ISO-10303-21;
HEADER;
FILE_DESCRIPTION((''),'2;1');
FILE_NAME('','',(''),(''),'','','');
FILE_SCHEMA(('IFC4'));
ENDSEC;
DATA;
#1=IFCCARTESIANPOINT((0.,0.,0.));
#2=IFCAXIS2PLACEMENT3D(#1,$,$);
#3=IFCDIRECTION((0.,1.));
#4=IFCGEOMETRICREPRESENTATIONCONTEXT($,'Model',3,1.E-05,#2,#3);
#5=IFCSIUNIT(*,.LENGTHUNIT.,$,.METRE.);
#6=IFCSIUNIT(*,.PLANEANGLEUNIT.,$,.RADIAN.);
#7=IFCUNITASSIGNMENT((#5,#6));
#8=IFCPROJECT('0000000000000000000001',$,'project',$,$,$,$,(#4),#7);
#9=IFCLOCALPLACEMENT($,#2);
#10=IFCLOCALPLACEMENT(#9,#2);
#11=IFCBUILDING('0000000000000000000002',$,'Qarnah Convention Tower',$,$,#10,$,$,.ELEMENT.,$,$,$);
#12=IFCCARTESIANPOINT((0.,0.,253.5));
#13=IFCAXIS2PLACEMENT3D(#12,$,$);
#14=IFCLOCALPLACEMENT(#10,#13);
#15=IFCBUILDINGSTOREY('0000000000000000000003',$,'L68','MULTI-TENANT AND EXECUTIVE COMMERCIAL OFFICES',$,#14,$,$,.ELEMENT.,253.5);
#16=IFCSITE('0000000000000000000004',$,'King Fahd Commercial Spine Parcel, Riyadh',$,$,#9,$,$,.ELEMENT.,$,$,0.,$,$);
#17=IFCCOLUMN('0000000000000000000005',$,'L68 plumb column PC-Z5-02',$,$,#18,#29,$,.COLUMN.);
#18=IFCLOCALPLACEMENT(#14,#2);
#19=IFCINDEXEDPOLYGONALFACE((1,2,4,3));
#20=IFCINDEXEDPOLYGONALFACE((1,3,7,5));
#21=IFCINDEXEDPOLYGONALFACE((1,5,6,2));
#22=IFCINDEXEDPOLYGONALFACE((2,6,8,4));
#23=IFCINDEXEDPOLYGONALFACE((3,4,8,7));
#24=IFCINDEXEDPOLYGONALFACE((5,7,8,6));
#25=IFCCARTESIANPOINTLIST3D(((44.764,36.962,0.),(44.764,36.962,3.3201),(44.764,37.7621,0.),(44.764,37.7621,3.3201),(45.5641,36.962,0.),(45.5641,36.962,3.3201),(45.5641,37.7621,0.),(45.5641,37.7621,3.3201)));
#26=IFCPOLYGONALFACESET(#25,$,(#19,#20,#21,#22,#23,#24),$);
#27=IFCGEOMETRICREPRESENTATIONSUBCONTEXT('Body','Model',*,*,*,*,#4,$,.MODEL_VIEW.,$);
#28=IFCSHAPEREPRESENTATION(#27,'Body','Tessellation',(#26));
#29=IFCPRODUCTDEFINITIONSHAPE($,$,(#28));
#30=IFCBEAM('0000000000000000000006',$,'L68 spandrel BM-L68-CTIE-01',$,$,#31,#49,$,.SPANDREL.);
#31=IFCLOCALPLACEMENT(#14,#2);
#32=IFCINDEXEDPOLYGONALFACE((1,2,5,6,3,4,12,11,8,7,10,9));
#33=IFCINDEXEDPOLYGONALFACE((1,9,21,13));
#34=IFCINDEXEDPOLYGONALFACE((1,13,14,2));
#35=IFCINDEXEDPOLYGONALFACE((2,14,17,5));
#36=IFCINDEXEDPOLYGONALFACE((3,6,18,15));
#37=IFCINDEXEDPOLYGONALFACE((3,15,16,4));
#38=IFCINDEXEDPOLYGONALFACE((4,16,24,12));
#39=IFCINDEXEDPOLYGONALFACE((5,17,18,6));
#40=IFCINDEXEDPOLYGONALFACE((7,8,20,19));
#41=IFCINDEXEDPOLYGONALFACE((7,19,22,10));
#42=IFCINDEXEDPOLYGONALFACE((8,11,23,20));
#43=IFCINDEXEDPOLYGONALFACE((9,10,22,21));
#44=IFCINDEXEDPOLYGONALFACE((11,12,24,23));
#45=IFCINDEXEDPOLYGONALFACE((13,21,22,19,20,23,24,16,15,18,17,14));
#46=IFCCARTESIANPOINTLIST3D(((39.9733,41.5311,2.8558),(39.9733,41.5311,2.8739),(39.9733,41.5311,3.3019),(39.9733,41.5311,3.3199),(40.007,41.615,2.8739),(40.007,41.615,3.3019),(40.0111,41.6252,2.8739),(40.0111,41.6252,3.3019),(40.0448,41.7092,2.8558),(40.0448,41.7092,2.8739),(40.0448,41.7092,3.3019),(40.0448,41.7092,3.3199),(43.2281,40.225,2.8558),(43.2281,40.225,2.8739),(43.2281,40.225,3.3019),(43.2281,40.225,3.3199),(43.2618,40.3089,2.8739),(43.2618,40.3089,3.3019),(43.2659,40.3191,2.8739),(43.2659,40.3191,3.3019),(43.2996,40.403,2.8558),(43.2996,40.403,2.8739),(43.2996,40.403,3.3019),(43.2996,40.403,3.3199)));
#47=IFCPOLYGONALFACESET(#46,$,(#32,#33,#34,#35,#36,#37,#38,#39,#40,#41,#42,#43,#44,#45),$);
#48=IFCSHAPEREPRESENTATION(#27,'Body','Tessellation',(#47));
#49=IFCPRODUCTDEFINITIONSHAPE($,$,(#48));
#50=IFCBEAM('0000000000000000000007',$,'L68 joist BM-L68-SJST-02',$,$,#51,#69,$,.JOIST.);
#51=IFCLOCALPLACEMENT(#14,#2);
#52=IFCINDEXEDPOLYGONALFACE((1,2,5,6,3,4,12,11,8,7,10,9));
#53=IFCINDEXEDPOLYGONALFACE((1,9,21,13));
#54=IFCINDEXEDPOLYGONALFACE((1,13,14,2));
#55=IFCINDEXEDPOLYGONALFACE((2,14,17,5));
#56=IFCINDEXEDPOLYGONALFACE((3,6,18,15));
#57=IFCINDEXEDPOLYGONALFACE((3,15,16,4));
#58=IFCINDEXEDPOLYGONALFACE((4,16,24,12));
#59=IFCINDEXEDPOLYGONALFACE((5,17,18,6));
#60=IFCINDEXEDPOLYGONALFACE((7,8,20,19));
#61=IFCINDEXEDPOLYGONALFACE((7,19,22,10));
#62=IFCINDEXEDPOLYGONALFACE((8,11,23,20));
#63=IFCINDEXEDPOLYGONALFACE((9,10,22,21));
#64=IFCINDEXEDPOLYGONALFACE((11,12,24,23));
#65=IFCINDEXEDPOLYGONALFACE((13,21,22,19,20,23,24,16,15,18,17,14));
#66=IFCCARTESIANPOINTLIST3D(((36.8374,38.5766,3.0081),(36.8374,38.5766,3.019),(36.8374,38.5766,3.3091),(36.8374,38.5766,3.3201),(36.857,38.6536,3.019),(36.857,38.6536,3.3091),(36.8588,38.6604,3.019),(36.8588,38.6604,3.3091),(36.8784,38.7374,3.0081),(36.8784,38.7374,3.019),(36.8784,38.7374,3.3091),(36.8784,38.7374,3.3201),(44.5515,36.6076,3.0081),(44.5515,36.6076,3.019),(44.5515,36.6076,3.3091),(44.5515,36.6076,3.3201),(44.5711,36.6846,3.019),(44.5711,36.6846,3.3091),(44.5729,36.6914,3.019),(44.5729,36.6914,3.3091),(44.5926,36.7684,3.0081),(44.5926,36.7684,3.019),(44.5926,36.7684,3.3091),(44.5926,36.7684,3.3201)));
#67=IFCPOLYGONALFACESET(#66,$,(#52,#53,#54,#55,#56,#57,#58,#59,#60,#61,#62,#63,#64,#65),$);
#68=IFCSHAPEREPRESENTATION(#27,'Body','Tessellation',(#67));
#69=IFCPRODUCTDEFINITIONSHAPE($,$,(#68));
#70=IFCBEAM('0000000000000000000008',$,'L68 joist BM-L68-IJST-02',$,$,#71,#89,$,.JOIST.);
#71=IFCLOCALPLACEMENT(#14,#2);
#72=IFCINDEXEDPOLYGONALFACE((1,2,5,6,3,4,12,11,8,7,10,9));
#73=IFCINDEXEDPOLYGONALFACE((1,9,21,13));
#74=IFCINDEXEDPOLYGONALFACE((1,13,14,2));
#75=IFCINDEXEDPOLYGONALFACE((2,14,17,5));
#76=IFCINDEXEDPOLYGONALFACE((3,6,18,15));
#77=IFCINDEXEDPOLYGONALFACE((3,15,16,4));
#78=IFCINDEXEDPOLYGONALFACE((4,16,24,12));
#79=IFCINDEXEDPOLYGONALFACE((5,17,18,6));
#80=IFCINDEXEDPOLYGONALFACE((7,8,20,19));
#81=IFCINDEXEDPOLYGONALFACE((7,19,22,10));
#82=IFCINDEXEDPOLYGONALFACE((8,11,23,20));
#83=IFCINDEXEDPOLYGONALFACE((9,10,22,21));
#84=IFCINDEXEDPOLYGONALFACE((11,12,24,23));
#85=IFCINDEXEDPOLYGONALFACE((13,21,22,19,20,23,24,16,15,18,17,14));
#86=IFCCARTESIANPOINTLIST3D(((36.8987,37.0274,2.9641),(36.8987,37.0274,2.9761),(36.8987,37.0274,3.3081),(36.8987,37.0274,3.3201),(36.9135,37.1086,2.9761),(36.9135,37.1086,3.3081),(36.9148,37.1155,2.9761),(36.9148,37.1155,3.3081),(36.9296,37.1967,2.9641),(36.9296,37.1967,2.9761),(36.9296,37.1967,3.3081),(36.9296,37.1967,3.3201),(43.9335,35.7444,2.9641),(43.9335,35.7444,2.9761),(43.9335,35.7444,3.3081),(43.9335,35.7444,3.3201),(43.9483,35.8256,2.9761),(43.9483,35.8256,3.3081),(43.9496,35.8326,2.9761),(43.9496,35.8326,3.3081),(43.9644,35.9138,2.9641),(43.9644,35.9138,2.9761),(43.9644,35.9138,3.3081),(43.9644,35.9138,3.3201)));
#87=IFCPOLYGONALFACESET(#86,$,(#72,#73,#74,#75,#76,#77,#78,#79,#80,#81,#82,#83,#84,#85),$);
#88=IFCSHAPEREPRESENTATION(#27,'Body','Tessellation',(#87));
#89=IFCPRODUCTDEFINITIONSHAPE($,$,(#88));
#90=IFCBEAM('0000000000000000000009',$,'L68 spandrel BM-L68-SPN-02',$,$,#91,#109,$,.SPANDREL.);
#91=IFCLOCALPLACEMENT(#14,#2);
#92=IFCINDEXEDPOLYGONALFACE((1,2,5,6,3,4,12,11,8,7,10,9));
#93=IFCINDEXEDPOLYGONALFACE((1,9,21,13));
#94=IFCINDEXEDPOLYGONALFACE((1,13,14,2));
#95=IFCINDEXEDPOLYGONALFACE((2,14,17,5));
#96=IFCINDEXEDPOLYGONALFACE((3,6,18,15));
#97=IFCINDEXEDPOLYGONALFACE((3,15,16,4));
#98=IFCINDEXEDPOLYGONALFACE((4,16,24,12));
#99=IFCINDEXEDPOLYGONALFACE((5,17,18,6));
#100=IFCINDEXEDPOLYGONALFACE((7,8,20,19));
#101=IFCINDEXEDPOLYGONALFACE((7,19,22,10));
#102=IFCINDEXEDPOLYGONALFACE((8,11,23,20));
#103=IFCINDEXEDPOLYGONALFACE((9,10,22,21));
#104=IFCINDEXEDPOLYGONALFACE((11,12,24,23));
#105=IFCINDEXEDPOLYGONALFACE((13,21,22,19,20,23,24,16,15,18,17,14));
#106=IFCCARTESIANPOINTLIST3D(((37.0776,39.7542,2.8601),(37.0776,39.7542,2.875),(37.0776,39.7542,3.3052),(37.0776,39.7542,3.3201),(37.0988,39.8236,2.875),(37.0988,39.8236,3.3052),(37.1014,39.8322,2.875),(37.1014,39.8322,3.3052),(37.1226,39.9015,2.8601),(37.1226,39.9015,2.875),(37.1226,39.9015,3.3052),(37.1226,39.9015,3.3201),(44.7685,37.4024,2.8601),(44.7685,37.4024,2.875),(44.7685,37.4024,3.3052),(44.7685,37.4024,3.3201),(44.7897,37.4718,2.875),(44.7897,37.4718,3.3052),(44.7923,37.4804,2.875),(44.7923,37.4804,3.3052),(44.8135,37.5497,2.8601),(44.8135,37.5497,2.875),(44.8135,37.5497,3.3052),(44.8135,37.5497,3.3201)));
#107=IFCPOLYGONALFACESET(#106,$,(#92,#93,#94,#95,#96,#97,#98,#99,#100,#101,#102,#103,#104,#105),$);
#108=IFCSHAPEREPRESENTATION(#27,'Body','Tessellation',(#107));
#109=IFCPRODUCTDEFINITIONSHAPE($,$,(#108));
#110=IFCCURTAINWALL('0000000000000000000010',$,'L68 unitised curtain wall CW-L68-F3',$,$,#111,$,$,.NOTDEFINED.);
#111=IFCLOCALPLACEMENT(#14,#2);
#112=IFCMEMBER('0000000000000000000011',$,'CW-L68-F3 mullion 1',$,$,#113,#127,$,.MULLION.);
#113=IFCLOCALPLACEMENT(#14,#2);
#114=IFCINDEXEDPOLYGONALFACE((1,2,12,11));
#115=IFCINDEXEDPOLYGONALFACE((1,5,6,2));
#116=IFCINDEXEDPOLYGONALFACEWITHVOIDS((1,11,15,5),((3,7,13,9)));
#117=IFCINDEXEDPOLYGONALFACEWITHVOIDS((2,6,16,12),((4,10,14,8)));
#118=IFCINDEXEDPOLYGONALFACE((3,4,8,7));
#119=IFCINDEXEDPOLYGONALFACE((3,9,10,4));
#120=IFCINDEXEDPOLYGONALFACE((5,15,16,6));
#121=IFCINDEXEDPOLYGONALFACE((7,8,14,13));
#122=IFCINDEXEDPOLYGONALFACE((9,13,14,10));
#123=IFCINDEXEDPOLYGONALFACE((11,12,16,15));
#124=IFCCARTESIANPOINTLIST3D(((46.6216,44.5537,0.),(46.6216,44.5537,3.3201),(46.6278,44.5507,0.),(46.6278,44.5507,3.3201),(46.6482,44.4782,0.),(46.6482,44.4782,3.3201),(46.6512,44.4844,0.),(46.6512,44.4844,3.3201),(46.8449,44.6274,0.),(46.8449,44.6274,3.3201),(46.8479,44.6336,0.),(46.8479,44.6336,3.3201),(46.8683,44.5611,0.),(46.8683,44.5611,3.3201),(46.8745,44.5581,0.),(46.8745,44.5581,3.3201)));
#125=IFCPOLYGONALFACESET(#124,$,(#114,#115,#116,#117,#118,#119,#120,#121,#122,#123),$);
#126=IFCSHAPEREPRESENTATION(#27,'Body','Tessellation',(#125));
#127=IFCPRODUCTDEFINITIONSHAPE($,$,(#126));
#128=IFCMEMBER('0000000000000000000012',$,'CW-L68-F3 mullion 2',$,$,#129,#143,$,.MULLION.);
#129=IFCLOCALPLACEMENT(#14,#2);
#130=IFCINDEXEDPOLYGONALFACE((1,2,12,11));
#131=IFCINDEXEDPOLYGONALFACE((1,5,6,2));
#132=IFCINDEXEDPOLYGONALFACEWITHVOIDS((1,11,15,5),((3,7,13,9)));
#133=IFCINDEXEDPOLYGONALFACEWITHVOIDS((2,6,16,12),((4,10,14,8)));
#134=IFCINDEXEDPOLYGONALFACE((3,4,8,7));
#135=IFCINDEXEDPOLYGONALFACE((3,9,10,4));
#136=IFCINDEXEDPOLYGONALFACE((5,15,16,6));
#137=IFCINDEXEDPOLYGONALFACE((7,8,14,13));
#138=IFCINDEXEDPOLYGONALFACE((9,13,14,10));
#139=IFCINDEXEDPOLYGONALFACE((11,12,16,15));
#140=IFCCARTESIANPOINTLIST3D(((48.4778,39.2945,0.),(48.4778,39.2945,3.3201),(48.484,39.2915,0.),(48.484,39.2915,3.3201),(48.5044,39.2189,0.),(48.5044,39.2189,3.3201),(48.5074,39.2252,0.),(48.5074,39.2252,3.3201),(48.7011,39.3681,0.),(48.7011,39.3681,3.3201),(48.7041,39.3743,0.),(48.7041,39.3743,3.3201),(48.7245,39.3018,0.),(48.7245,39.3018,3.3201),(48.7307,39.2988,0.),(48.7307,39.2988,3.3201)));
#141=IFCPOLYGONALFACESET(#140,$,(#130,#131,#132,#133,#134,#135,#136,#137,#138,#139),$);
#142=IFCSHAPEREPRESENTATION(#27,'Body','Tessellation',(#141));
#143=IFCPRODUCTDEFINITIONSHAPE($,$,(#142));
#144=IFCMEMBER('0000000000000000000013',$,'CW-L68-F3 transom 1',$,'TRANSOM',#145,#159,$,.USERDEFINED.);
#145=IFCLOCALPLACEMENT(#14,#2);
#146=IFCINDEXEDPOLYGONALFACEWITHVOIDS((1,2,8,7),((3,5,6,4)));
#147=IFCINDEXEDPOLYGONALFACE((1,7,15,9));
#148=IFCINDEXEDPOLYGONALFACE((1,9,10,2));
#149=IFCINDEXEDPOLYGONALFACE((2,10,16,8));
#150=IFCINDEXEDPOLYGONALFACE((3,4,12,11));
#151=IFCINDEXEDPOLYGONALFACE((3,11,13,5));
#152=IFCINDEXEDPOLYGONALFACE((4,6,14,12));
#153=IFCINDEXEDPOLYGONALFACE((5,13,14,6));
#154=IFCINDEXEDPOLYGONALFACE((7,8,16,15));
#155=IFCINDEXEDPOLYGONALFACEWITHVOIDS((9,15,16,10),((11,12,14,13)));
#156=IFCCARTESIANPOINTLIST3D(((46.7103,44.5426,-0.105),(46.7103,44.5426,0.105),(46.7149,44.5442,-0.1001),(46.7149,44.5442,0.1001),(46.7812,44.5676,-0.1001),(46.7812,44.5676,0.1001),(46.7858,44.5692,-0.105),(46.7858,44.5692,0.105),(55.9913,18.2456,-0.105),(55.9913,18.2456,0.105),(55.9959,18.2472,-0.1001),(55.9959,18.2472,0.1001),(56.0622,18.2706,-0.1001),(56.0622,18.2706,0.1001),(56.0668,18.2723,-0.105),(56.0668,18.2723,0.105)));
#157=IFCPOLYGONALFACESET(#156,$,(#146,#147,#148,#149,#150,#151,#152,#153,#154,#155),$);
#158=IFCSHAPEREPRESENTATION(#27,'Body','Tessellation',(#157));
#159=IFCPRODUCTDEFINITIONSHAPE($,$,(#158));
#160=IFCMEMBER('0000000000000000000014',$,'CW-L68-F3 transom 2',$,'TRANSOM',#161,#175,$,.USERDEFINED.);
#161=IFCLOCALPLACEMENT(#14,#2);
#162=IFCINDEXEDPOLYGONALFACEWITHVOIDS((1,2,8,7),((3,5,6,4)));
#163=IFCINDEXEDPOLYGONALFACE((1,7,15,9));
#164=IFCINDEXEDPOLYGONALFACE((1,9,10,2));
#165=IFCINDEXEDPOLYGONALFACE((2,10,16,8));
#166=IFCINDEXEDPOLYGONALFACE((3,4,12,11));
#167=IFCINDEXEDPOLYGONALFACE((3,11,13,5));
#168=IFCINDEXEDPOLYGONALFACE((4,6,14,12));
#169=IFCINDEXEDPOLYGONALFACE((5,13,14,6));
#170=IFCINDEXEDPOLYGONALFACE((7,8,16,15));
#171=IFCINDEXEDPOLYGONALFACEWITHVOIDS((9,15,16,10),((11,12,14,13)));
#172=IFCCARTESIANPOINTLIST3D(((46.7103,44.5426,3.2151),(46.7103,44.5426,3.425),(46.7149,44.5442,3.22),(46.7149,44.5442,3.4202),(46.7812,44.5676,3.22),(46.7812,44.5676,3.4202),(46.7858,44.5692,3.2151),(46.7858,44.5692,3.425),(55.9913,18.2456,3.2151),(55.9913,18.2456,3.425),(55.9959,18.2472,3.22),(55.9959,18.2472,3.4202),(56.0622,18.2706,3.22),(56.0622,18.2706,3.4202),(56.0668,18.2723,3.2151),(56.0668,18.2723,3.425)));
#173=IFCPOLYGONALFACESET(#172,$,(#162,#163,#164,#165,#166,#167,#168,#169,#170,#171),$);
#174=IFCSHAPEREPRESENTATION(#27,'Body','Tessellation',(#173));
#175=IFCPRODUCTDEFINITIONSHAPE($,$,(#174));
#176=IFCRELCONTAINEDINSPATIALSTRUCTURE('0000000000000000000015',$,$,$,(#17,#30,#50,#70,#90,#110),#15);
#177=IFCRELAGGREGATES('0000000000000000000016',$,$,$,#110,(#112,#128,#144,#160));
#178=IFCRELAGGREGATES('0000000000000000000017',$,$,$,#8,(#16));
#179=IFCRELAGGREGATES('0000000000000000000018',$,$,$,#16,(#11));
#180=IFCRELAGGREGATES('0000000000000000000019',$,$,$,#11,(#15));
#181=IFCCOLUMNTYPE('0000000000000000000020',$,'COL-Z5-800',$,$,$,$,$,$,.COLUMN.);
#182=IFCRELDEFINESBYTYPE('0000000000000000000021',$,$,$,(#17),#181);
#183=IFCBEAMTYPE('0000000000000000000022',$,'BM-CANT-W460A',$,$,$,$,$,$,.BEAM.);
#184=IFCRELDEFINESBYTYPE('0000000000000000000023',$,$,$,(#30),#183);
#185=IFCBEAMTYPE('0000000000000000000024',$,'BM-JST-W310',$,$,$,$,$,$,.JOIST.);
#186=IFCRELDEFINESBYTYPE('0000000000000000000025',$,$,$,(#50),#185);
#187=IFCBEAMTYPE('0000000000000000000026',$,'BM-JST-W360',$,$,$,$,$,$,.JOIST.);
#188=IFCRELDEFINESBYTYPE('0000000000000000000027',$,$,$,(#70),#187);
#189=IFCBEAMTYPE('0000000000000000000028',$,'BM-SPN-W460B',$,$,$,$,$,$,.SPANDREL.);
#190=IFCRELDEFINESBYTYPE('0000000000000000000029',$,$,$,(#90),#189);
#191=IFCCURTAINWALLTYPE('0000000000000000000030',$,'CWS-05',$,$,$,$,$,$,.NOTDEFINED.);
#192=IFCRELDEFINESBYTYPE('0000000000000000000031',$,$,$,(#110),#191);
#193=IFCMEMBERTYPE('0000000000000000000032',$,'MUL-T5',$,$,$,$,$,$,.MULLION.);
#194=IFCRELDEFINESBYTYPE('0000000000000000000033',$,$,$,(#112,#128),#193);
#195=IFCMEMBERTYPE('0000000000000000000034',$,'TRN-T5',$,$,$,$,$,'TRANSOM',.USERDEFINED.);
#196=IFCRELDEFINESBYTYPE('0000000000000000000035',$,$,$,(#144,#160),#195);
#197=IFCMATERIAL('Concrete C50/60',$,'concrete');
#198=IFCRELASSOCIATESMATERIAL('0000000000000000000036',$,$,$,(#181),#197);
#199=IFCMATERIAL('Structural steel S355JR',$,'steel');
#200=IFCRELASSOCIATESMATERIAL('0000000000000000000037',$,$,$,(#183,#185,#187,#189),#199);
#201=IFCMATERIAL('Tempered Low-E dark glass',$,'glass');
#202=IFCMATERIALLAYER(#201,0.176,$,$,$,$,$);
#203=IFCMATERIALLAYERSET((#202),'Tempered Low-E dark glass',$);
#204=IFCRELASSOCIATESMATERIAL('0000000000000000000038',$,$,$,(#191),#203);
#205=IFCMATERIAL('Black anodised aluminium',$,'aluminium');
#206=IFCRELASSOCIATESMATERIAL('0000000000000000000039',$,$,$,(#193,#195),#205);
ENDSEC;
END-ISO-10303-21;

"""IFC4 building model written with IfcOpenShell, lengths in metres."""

from ifc_helpers import new_model, si_unit, direction, frame, origin, origin_2d, place, context, subcontext, project, spatial, rectangle, hollow_rectangle, i_section, extrude, material, layer, layer_set, material_profile, profile_set, type_object, element, aggregate, save


model = new_model("IFC4")

# Units and contexts
model_context = context("Model", 3, precision=1e-05, world=origin(), true_north=direction((0.0, 1.0)))
body_context = subcontext(model_context, "Body", "Model", "MODEL_VIEW")
ifc_project = project(units=[si_unit("LENGTHUNIT", "METRE"), si_unit("PLANEANGLEUNIT", "RADIAN")], contexts=[model_context])

# Site, building, storey
site_placement = place(None, origin())
site = spatial("IfcSite", under=ifc_project, at=site_placement, Name="King Fahd Commercial Spine Parcel, Riyadh", CompositionType="ELEMENT", RefElevation=0.0)
building_placement = place(site_placement, origin())
building = spatial("IfcBuilding", under=site, at=building_placement, Name="Qarnah Convention Tower", CompositionType="ELEMENT")
storey_placement = place(building_placement, frame((0.0, 0.0, 253.5)))
storey = spatial("IfcBuildingStorey", under=building, at=storey_placement, Name="L68", Description="MULTI-TENANT AND EXECUTIVE COMMERCIAL OFFICES", CompositionType="ELEMENT", Elevation=253.5)

# Column
ifc_material_1 = material(Name="Concrete C50/60", Category="concrete")
ifc_material_profile_1 = material_profile(ifc_material_1, rectangle(XDim=0.8, YDim=0.8, at=origin_2d()), Name="RC-COL-800X800")
ifc_profile_set_1 = profile_set([ifc_material_profile_1], Name="Concrete C50/60")
column_type = type_object("IfcColumnType", Name="COL-Z5-800", PredefinedType="COLUMN", material=ifc_profile_set_1)
column_placement = place(storey_placement, frame((45.1641, 37.3621, 0.0), z_axis=(0.0, 0.0, 1.0), x_axis=(1.0, 0.0, 0.0)))
element("IfcColumn", 1, at=column_placement, inside=storey, type_object=column_type, Name="L68 plumb column PC-Z5-02", PredefinedType="COLUMN", context=body_context, shape_type="SweptSolid", body=[
    extrude(rectangle(XDim=0.8, YDim=0.8, at=origin_2d()), origin(), (0.0, 0.0, 1.0), 3.3201),
])

# Beams
ifc_material_2 = material(Name="Structural steel S355JR", Category="steel")
ifc_material_profile_2 = material_profile(ifc_material_2, i_section(OverallWidth=0.1919, OverallDepth=0.4641, WebThickness=0.011, FlangeThickness=0.0181, at=origin_2d()), Name="W460X89")
ifc_profile_set_2 = profile_set([ifc_material_profile_2], Name="Structural steel S355JR")
beam_type_1 = type_object("IfcBeamType", Name="BM-CANT-W460A", PredefinedType="BEAM", material=ifc_profile_set_2)
beam_1_placement = place(storey_placement, frame((40.009, 41.6201, 3.0879), z_axis=(0.928063, -0.372423, 0.0), x_axis=(0.372423, 0.928063, 0.0)))
element("IfcBeam", 2, at=beam_1_placement, inside=storey, type_object=beam_type_1, Name="L68 spandrel BM-L68-CTIE-01", PredefinedType="SPANDREL", context=body_context, shape_type="SweptSolid", body=[
    extrude(i_section(OverallWidth=0.1919, OverallDepth=0.4641, WebThickness=0.011, FlangeThickness=0.0181, at=origin_2d()), origin(), (0.0, 0.0, 1.0), 3.5071),
])
ifc_material_profile_3 = material_profile(ifc_material_2, i_section(OverallWidth=0.166, OverallDepth=0.312, WebThickness=0.0071, FlangeThickness=0.011, at=origin_2d()), Name="W310X45")
ifc_profile_set_3 = profile_set([ifc_material_profile_3], Name="Structural steel S355JR")
beam_type_2 = type_object("IfcBeamType", Name="BM-JST-W310", PredefinedType="JOIST", material=ifc_profile_set_3)
beam_2_placement = place(storey_placement, frame((44.572, 36.688, 3.1641), z_axis=(-0.968935, 0.247316, 0.0), x_axis=(-0.247316, -0.968935, 0.0)))
element("IfcBeam", 3, at=beam_2_placement, inside=storey, type_object=beam_type_2, Name="L68 joist BM-L68-SJST-02", PredefinedType="JOIST", context=body_context, shape_type="SweptSolid", body=[
    extrude(i_section(OverallWidth=0.166, OverallDepth=0.312, WebThickness=0.0071, FlangeThickness=0.011, at=origin_2d()), origin(), (0.0, 0.0, 1.0), 7.9614),
])
ifc_material_profile_4 = material_profile(ifc_material_2, i_section(OverallWidth=0.1721, OverallDepth=0.356, WebThickness=0.0071, FlangeThickness=0.012, at=origin_2d()), Name="W360X51")
ifc_profile_set_4 = profile_set([ifc_material_profile_4], Name="Structural steel S355JR")
beam_type_3 = type_object("IfcBeamType", Name="BM-JST-W360", PredefinedType="JOIST", material=ifc_profile_set_4)
beam_3_placement = place(storey_placement, frame((43.949, 35.8291, 3.1421), z_axis=(-0.983774, 0.179411, 0.0), x_axis=(-0.179411, -0.983774, 0.0)))
element("IfcBeam", 4, at=beam_3_placement, inside=storey, type_object=beam_type_3, Name="L68 joist BM-L68-IJST-02", PredefinedType="JOIST", context=body_context, shape_type="SweptSolid", body=[
    extrude(i_section(OverallWidth=0.1721, OverallDepth=0.356, WebThickness=0.0071, FlangeThickness=0.012, at=origin_2d()), origin(), (0.0, 0.0, 1.0), 7.1509),
])
ifc_material_profile_5 = material_profile(ifc_material_2, i_section(OverallWidth=0.1541, OverallDepth=0.46, WebThickness=0.009, FlangeThickness=0.0149, at=origin_2d()), Name="W460X68")
ifc_profile_set_5 = profile_set([ifc_material_profile_5], Name="Structural steel S355JR")
beam_type_4 = type_object("IfcBeamType", Name="BM-SPN-W460B", PredefinedType="SPANDREL", material=ifc_profile_set_5)
beam_4_placement = place(storey_placement, frame((44.791, 37.4761, 3.0901), z_axis=(-0.956289, 0.292424, 0.0), x_axis=(-0.292424, -0.956289, 0.0)))
element("IfcBeam", 5, at=beam_4_placement, inside=storey, type_object=beam_type_4, Name="L68 spandrel BM-L68-SPN-02", PredefinedType="SPANDREL", context=body_context, shape_type="SweptSolid", body=[
    extrude(i_section(OverallWidth=0.1541, OverallDepth=0.46, WebThickness=0.009, FlangeThickness=0.0149, at=origin_2d()), origin(), (0.0, 0.0, 1.0), 8.0425),
])

# Curtain wall, members
ifc_material_3 = material(Name="Tempered Low-E dark glass", Category="glass")
ifc_layer_1 = layer(ifc_material_3, 0.176)
ifc_layer_set_1 = layer_set([ifc_layer_1], Name="Tempered Low-E dark glass")
curtain_wall_type = type_object("IfcCurtainWallType", Name="CWS-05", PredefinedType="NOTDEFINED", material=ifc_layer_set_1)
curtain_wall_placement = place(storey_placement, origin())
curtain_wall = element("IfcCurtainWall", 6, at=curtain_wall_placement, inside=storey, type_object=curtain_wall_type, Name="L68 unitised curtain wall CW-L68-F3", PredefinedType="NOTDEFINED")
ifc_material_4 = material(Name="Black anodised aluminium", Category="aluminium")
ifc_material_profile_6 = material_profile(ifc_material_4, hollow_rectangle(XDim=0.0801, YDim=0.24, WallThickness=0.0049, at=origin_2d()), Name="MUL-80X240")
ifc_profile_set_6 = profile_set([ifc_material_profile_6], Name="Black anodised aluminium")
member_type_1 = type_object("IfcMemberType", Name="MUL-T5", PredefinedType="MULLION", material=ifc_profile_set_6)
member_1_placement = place(storey_placement, frame((46.748, 44.5559, 0.0), z_axis=(0.0, 0.0, 1.0), x_axis=(0.332811, -0.942994, 0.0)))
member_1 = element("IfcMember", 7, at=member_1_placement, type_object=member_type_1, Name="CW-L68-F3 mullion 1", PredefinedType="MULLION", context=body_context, shape_type="SweptSolid", body=[
    extrude(hollow_rectangle(XDim=0.0801, YDim=0.24, WallThickness=0.0049, at=origin_2d()), origin(), (0.0, 0.0, 1.0), 3.3201),
])
member_2_placement = place(storey_placement, frame((48.6042, 39.2966, 0.0), z_axis=(0.0, 0.0, 1.0), x_axis=(0.332811, -0.942994, 0.0)))
member_2 = element("IfcMember", 8, at=member_2_placement, type_object=member_type_1, Name="CW-L68-F3 mullion 2", PredefinedType="MULLION", context=body_context, shape_type="SweptSolid", body=[
    extrude(hollow_rectangle(XDim=0.0801, YDim=0.24, WallThickness=0.0049, at=origin_2d()), origin(), (0.0, 0.0, 1.0), 3.3201),
])
ifc_material_profile_7 = material_profile(ifc_material_4, hollow_rectangle(XDim=0.0801, YDim=0.21, WallThickness=0.0049, at=origin_2d()), Name="TRN-80X210")
ifc_profile_set_7 = profile_set([ifc_material_profile_7], Name="Black anodised aluminium")
member_type_2 = type_object("IfcMemberType", Name="TRN-T5", ElementType="TRANSOM", PredefinedType="USERDEFINED", material=ifc_profile_set_7)
member_3_placement = place(storey_placement, frame((46.748, 44.5559, 0.0), z_axis=(0.332812, -0.942993, 0.0), x_axis=(0.942993, 0.332812, 0.0)))
member_3 = element("IfcMember", 9, at=member_3_placement, type_object=member_type_2, Name="CW-L68-F3 transom 1", ObjectType="TRANSOM", PredefinedType="USERDEFINED", context=body_context, shape_type="SweptSolid", body=[
    extrude(hollow_rectangle(XDim=0.0801, YDim=0.21, WallThickness=0.0049, at=origin_2d()), origin(), (0.0, 0.0, 1.0), 27.8867),
])
member_4_placement = place(storey_placement, frame((46.748, 44.5559, 3.3201), z_axis=(0.332812, -0.942993, 0.0), x_axis=(0.942993, 0.332812, 0.0)))
member_4 = element("IfcMember", 10, at=member_4_placement, type_object=member_type_2, Name="CW-L68-F3 transom 2", ObjectType="TRANSOM", PredefinedType="USERDEFINED", context=body_context, shape_type="SweptSolid", body=[
    extrude(hollow_rectangle(XDim=0.0801, YDim=0.21, WallThickness=0.0049, at=origin_2d()), origin(), (0.0, 0.0, 1.0), 27.8867),
])
aggregate(curtain_wall, [member_1, member_2, member_3, member_4])

save(model, "model.ifc")
